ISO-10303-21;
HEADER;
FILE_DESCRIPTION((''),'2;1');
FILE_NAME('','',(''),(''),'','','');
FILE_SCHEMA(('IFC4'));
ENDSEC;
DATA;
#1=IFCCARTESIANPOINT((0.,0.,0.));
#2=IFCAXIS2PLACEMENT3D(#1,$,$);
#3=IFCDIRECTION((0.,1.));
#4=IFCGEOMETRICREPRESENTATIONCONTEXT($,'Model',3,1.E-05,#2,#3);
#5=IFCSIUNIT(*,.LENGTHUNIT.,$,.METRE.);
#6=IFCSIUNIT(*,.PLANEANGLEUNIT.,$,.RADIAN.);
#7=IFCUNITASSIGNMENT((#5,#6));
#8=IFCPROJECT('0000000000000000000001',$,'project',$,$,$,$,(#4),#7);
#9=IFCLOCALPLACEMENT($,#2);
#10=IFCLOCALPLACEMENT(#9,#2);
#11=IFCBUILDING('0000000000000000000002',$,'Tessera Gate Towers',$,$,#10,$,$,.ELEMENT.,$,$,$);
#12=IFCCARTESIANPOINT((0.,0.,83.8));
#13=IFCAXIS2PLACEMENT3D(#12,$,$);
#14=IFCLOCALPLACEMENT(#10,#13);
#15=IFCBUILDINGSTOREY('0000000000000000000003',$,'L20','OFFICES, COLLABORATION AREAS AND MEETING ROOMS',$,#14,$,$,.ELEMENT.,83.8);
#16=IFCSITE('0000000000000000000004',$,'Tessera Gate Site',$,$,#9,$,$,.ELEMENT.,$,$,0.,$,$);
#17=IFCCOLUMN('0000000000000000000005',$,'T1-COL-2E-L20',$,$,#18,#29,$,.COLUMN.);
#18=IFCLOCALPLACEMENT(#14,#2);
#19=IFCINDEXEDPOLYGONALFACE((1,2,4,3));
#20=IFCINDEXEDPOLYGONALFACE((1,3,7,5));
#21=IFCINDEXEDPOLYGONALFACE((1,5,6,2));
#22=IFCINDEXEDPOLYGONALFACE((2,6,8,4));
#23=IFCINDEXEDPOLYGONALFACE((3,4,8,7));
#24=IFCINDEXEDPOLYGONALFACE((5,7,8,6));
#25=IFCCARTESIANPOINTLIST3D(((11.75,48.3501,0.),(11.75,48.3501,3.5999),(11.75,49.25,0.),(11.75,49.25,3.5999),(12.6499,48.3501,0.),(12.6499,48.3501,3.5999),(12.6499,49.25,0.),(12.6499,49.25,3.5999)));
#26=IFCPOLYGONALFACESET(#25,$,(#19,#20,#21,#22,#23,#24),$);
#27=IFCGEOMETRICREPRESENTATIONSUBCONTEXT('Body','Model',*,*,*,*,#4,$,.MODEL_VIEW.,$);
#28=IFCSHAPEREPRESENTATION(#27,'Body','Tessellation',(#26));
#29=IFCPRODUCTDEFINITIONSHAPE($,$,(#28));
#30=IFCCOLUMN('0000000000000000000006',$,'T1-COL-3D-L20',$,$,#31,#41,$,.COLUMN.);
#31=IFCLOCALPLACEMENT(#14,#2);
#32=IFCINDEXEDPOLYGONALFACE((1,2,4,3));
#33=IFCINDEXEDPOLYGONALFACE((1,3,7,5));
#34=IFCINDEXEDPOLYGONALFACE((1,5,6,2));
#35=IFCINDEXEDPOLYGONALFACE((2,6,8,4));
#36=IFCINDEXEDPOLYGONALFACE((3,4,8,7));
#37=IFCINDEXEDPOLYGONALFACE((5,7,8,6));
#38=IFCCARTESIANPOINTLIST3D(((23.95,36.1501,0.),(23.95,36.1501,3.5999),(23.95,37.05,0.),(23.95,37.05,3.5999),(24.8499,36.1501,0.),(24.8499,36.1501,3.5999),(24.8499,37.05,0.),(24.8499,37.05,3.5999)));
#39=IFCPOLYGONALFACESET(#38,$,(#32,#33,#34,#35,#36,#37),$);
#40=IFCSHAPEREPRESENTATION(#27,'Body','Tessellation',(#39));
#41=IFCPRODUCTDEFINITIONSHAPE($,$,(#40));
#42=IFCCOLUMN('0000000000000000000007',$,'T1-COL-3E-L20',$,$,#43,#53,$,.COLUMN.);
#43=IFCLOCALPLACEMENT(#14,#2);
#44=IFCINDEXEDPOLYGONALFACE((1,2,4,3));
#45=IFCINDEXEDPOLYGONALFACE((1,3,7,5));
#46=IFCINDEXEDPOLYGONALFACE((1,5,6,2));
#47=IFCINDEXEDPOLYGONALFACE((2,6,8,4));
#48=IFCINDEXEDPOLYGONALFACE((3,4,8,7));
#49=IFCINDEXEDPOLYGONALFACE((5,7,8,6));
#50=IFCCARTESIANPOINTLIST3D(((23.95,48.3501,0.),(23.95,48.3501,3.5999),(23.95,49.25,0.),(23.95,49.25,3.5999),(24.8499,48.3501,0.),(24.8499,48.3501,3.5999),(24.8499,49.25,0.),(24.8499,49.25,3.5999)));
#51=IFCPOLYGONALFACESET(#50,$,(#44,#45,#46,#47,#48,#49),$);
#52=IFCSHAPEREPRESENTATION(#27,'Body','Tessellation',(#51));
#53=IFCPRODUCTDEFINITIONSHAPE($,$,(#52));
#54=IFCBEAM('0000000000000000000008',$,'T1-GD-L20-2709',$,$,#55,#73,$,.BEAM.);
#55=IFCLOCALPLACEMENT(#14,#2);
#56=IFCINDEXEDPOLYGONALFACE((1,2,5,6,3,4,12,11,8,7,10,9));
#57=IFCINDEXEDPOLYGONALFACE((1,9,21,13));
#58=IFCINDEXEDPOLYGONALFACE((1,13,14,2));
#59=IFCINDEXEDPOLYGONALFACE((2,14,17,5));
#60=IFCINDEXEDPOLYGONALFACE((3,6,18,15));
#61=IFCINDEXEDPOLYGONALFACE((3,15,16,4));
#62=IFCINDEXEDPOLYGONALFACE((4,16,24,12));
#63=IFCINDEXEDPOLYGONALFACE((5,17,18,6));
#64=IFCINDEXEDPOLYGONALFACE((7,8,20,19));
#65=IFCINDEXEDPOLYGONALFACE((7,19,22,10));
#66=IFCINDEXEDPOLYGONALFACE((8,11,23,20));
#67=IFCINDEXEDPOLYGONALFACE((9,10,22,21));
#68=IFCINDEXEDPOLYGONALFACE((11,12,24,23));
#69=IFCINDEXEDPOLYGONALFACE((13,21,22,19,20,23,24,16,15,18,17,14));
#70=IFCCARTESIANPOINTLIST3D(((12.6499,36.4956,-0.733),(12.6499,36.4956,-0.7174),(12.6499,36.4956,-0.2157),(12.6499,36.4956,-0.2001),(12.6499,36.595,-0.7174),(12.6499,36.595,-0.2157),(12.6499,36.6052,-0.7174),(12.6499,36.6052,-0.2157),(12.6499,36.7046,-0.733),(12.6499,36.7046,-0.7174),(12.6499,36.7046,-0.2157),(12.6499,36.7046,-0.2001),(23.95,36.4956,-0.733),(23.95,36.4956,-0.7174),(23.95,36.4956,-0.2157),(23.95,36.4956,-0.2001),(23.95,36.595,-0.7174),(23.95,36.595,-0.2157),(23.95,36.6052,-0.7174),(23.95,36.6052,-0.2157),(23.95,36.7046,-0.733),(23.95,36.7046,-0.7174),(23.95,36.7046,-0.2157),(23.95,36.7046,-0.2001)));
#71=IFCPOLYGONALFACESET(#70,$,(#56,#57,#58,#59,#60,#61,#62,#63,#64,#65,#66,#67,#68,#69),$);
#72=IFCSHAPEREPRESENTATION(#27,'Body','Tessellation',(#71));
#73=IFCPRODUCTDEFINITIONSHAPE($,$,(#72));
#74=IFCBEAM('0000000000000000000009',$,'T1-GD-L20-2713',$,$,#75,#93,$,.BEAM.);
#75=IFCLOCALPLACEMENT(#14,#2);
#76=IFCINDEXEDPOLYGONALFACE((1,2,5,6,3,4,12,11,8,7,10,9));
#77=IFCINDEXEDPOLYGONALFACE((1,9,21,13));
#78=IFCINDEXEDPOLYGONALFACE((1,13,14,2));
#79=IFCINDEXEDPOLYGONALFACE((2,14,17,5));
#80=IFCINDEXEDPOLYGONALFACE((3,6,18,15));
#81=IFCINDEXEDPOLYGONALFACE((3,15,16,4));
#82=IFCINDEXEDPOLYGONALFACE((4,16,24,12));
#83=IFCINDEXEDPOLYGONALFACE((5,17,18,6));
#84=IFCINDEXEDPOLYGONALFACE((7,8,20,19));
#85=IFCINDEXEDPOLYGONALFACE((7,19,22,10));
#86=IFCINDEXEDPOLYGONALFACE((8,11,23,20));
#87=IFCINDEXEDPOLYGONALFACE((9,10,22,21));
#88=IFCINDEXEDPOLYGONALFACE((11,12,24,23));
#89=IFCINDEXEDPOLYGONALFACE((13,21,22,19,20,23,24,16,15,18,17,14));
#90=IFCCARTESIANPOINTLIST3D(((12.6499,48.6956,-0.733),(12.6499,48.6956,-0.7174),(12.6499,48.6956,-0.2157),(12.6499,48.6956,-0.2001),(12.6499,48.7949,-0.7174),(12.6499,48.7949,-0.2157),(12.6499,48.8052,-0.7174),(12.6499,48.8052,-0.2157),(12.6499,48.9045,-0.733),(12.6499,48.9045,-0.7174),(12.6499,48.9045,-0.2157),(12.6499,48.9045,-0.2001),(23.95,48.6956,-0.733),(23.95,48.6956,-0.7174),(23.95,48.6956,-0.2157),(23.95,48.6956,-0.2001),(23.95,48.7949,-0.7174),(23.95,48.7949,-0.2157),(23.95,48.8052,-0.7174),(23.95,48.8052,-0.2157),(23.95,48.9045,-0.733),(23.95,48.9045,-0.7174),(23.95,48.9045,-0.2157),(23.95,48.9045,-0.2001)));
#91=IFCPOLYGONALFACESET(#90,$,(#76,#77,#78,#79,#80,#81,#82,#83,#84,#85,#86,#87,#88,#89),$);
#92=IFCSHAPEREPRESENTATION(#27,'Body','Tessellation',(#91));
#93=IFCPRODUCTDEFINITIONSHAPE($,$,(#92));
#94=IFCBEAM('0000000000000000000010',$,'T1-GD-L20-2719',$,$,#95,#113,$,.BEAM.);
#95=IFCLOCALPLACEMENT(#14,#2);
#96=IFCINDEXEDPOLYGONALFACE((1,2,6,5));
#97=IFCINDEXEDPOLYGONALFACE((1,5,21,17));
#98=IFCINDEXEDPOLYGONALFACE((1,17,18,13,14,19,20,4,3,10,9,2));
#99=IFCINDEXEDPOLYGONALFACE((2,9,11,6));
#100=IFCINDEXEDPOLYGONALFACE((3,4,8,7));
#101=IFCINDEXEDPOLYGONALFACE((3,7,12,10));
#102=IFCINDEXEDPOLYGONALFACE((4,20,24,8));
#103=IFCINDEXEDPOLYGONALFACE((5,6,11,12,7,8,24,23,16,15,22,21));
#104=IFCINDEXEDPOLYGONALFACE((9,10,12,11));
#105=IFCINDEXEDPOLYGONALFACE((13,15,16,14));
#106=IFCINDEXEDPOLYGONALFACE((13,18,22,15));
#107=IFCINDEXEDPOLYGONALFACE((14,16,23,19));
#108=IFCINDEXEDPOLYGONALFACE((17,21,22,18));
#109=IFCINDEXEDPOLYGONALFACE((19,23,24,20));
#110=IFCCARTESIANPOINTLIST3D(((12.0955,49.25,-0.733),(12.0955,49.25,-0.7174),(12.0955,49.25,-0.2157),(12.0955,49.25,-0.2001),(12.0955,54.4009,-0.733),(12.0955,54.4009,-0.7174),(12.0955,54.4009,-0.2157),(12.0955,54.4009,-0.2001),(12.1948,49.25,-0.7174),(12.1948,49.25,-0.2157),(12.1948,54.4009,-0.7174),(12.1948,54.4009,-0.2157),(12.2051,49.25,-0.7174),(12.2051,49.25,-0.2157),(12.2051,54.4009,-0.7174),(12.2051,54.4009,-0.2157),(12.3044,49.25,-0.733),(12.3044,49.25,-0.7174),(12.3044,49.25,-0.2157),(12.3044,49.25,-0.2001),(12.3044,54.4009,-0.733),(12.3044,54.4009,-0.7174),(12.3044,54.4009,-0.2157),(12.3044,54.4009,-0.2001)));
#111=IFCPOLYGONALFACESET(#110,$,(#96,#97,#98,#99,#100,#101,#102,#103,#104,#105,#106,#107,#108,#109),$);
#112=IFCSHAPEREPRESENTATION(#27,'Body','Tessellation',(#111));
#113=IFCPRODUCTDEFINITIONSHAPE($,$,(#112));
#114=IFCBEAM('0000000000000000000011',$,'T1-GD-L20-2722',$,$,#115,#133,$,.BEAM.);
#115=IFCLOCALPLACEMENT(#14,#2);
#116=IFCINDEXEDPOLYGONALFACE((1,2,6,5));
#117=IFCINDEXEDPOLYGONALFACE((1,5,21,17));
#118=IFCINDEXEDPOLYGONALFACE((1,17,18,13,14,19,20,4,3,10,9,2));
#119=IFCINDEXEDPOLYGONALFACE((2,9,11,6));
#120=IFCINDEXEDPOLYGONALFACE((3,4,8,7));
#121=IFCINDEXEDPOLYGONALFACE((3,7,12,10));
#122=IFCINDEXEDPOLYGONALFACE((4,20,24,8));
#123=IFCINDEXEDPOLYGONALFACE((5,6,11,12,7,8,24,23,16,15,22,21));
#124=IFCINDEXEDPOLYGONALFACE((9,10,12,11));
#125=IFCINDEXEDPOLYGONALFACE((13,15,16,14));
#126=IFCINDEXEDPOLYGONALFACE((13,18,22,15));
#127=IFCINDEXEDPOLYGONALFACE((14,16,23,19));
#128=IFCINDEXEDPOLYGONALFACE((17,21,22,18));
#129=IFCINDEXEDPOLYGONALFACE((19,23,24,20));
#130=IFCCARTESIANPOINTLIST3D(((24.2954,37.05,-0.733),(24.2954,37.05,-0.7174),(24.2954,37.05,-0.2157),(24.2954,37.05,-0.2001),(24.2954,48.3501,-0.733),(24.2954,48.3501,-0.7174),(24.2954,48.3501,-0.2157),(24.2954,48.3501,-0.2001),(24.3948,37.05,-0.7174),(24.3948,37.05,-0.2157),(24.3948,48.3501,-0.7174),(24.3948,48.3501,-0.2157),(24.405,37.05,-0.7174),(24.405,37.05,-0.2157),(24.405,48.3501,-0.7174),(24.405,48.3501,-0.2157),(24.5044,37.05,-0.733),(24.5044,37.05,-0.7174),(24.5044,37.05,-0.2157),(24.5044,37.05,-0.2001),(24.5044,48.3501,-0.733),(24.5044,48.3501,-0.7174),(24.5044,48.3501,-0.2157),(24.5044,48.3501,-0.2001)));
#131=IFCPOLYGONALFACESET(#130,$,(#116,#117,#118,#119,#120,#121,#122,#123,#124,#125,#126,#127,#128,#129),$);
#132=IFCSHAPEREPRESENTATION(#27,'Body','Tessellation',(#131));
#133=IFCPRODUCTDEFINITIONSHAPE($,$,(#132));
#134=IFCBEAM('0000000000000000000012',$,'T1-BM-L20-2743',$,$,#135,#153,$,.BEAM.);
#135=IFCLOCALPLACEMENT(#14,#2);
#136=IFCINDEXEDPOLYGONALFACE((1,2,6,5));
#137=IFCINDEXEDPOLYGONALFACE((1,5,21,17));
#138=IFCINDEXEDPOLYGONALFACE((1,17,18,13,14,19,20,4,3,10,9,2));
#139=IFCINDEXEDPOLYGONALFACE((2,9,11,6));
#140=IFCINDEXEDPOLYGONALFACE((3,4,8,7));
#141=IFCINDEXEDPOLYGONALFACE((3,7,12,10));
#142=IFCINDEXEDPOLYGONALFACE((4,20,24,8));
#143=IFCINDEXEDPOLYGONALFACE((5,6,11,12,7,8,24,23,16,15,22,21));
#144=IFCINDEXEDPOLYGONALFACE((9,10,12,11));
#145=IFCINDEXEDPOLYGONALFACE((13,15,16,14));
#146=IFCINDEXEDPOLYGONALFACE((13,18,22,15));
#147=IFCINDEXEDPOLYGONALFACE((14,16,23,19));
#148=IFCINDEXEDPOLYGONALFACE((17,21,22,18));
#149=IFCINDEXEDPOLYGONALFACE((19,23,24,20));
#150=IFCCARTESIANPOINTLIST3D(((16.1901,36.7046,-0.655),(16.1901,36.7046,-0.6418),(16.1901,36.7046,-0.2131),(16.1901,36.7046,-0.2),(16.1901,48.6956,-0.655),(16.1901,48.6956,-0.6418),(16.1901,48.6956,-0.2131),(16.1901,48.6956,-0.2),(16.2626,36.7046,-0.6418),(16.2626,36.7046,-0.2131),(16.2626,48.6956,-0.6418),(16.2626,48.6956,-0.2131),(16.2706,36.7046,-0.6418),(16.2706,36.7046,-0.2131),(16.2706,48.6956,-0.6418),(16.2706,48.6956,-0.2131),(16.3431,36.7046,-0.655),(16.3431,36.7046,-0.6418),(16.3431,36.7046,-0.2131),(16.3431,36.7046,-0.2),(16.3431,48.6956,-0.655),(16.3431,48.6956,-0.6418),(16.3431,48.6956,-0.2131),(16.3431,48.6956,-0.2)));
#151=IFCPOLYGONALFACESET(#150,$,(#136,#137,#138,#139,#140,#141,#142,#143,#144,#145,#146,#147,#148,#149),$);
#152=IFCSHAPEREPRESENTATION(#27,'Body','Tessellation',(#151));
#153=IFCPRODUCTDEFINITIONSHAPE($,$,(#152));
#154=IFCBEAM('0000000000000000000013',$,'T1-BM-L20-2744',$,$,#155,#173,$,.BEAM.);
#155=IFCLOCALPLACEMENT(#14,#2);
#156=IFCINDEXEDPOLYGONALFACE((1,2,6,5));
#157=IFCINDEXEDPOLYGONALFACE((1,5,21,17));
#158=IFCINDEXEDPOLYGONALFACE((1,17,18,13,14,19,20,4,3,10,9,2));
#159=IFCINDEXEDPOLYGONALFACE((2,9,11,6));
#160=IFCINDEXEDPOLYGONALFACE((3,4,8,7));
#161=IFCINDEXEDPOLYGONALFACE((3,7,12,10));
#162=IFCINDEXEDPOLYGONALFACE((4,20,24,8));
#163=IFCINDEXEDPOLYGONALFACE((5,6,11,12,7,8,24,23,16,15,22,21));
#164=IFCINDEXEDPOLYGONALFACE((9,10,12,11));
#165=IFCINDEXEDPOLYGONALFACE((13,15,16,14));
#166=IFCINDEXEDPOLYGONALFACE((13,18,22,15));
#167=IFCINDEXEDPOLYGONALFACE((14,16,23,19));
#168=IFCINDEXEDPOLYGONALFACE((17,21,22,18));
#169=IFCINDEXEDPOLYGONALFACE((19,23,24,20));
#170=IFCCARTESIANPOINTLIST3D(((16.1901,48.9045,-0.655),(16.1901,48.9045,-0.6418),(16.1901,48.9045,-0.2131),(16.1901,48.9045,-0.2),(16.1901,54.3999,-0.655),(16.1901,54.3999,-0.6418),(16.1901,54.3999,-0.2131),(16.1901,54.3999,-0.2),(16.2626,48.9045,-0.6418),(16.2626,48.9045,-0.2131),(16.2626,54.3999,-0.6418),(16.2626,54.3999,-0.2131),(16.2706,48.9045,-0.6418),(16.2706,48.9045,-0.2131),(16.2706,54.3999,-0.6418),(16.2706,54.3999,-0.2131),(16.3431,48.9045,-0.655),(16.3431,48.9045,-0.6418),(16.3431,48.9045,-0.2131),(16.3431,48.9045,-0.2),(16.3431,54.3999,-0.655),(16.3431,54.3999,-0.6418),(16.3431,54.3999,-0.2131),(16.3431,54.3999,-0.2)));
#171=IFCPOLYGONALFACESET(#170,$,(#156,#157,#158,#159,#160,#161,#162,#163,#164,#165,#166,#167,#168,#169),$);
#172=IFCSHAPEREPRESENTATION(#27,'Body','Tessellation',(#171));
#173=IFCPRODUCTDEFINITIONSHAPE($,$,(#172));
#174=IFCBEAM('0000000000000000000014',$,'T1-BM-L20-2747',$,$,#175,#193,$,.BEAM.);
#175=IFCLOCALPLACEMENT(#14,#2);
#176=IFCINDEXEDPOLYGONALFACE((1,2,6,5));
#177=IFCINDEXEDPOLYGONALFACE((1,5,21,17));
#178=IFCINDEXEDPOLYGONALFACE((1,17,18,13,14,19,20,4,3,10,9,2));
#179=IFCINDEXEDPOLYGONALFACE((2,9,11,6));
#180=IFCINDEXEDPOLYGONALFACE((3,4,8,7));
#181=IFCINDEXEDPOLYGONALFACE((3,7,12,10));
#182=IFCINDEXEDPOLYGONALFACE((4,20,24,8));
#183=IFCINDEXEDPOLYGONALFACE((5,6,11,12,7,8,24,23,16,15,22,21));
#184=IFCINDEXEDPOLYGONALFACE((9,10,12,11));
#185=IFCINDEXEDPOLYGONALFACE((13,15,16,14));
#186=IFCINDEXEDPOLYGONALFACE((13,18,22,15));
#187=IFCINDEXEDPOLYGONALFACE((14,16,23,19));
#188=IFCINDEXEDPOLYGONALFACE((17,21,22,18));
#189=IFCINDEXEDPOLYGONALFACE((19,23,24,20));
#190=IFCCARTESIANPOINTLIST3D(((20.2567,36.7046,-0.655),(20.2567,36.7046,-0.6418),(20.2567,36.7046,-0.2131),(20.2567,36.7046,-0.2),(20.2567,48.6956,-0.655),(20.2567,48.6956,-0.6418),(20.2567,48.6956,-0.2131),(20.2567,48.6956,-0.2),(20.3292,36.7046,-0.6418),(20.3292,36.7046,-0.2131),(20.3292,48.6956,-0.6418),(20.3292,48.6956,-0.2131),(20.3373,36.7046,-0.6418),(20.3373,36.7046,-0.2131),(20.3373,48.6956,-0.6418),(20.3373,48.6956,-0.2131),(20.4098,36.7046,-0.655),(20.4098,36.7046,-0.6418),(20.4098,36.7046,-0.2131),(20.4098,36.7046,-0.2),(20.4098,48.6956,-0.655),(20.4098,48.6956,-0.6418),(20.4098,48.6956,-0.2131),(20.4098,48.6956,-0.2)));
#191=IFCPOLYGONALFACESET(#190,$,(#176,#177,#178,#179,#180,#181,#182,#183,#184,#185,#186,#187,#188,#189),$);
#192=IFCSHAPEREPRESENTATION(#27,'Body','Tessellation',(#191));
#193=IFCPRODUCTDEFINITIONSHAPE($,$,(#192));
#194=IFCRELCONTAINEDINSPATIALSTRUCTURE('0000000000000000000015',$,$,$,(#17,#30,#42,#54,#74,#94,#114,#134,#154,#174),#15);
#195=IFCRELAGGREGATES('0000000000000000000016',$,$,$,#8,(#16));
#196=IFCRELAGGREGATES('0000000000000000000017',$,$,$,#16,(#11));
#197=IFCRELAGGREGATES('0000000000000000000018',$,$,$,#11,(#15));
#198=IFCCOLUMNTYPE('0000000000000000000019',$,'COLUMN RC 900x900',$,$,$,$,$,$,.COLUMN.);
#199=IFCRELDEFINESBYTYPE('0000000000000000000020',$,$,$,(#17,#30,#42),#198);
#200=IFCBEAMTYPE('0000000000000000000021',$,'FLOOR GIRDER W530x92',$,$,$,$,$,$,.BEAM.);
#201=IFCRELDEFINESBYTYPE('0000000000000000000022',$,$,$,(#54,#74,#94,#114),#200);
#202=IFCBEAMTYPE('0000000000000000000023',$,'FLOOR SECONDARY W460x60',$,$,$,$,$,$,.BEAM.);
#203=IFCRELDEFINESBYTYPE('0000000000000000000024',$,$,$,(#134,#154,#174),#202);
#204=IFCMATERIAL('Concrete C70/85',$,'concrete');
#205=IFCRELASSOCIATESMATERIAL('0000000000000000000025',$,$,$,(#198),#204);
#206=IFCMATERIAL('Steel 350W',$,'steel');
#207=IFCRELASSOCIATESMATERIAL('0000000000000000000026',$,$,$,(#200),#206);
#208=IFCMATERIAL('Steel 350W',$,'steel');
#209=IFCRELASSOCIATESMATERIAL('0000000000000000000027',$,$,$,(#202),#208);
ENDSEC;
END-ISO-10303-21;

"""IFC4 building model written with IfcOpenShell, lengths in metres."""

from ifc_helpers import new_model, si_unit, direction, frame, origin, origin_2d, place, context, subcontext, project, spatial, rectangle, i_section, extrude, material, material_profile, profile_set, type_object, element, save


model = new_model("IFC4")

# Units and contexts
model_context = context("Model", 3, precision=1e-05, world=origin(), true_north=direction((0.0, 1.0)))
body_context = subcontext(model_context, "Body", "Model", "MODEL_VIEW")
ifc_project = project(units=[si_unit("LENGTHUNIT", "METRE"), si_unit("PLANEANGLEUNIT", "RADIAN")], contexts=[model_context])

# Site, building, storey
site_placement = place(None, origin())
site = spatial("IfcSite", under=ifc_project, at=site_placement, Name="Tessera Gate Site", CompositionType="ELEMENT", RefElevation=0.0)
building_placement = place(site_placement, origin())
building = spatial("IfcBuilding", under=site, at=building_placement, Name="Tessera Gate Towers", CompositionType="ELEMENT")
storey_placement = place(building_placement, frame((0.0, 0.0, 83.8)))
storey = spatial("IfcBuildingStorey", under=building, at=storey_placement, Name="L20", Description="OFFICES, COLLABORATION AREAS AND MEETING ROOMS", CompositionType="ELEMENT", Elevation=83.8)

# Columns
ifc_material_1 = material(Name="Concrete C70/85", Category="concrete")
ifc_material_profile_1 = material_profile(ifc_material_1, rectangle(XDim=0.8999, YDim=0.8999, at=origin_2d()), Name="RC 900x900")
ifc_profile_set_1 = profile_set([ifc_material_profile_1], Name="Concrete C70/85")
column_type = type_object("IfcColumnType", Name="COLUMN RC 900x900", PredefinedType="COLUMN", material=ifc_profile_set_1)
for number, where, z_axis, x_axis, name in (
    (1, (12.2, 48.8, 0.0), (0.0, 0.0, 1.0), (1.0, 0.0, 0.0), "T1-COL-2E-L20"),
    (2, (24.3999, 36.6001, 0.0), (0.0, 0.0, 1.0), (1.0, 0.0, 0.0), "T1-COL-3D-L20"),
    (3, (24.3999, 48.8, 0.0), (0.0, 0.0, 1.0), (1.0, 0.0, 0.0), "T1-COL-3E-L20"),
):
    element("IfcColumn", number, at=place(storey_placement, frame(where, z_axis=z_axis, x_axis=x_axis)), inside=storey, type_object=column_type, Name=name, PredefinedType="COLUMN", context=body_context, shape_type="SweptSolid", body=[
        extrude(rectangle(XDim=0.8999, YDim=0.8999, at=origin_2d()), origin(), (0.0, 0.0, 1.0), 3.5999),
    ])

# Beams
ifc_material_2 = material(Name="Steel 350W", Category="steel")
ifc_material_profile_2 = material_profile(ifc_material_2, i_section(OverallWidth=0.209, OverallDepth=0.533, WebThickness=0.0103, FlangeThickness=0.0156, at=origin_2d()), Name="W530x92")
ifc_profile_set_2 = profile_set([ifc_material_profile_2], Name="Steel 350W")
beam_type_1 = type_object("IfcBeamType", Name="FLOOR GIRDER W530x92", PredefinedType="BEAM", material=ifc_profile_set_2)
for number, where, z_axis, x_axis, name in (
    (4, (12.6499, 36.6001, -0.4666), (1.0, 0.0, 0.0), (0.0, 1.0, 0.0), "T1-GD-L20-2709"),
    (5, (12.6499, 48.8, -0.4666), (1.0, 0.0, 0.0), (0.0, 1.0, 0.0), "T1-GD-L20-2713"),
):
    element("IfcBeam", number, at=place(storey_placement, frame(where, z_axis=z_axis, x_axis=x_axis)), inside=storey, type_object=beam_type_1, Name=name, PredefinedType="BEAM", context=body_context, shape_type="SweptSolid", body=[
        extrude(i_section(OverallWidth=0.209, OverallDepth=0.533, WebThickness=0.0103, FlangeThickness=0.0156, at=origin_2d()), origin(), (0.0, 0.0, 1.0), 11.3),
    ])
beam_1_placement = place(storey_placement, frame((12.2, 49.25, -0.4666), z_axis=(0.0, 1.0, 0.0), x_axis=(-1.0, 0.0, 0.0)))
element("IfcBeam", 6, at=beam_1_placement, inside=storey, type_object=beam_type_1, Name="T1-GD-L20-2719", PredefinedType="BEAM", context=body_context, shape_type="SweptSolid", body=[
    extrude(i_section(OverallWidth=0.209, OverallDepth=0.533, WebThickness=0.0103, FlangeThickness=0.0156, at=origin_2d()), origin(), (0.0, 0.0, 1.0), 5.1509),
])
beam_2_placement = place(storey_placement, frame((24.3999, 37.05, -0.4666), z_axis=(0.0, 1.0, 0.0), x_axis=(-1.0, 0.0, 0.0)))
element("IfcBeam", 7, at=beam_2_placement, inside=storey, type_object=beam_type_1, Name="T1-GD-L20-2722", PredefinedType="BEAM", context=body_context, shape_type="SweptSolid", body=[
    extrude(i_section(OverallWidth=0.209, OverallDepth=0.533, WebThickness=0.0103, FlangeThickness=0.0156, at=origin_2d()), origin(), (0.0, 0.0, 1.0), 11.3),
])
ifc_material_3 = material(Name="Steel 350W", Category="steel")
ifc_material_profile_3 = material_profile(ifc_material_3, i_section(OverallWidth=0.1531, OverallDepth=0.4551, WebThickness=0.0081, FlangeThickness=0.0132, at=origin_2d()), Name="W460x60")
ifc_profile_set_3 = profile_set([ifc_material_profile_3], Name="Steel 350W")
beam_type_2 = type_object("IfcBeamType", Name="FLOOR SECONDARY W460x60", PredefinedType="BEAM", material=ifc_profile_set_3)
beam_3_placement = place(storey_placement, frame((16.2666, 36.7046, -0.4275), z_axis=(0.0, 1.0, 0.0), x_axis=(-1.0, 0.0, 0.0)))
element("IfcBeam", 8, at=beam_3_placement, inside=storey, type_object=beam_type_2, Name="T1-BM-L20-2743", PredefinedType="BEAM", context=body_context, shape_type="SweptSolid", body=[
    extrude(i_section(OverallWidth=0.1531, OverallDepth=0.4551, WebThickness=0.0081, FlangeThickness=0.0132, at=origin_2d()), origin(), (0.0, 0.0, 1.0), 11.991),
])
beam_4_placement = place(storey_placement, frame((16.2666, 48.9045, -0.4275), z_axis=(0.0, 1.0, 0.0), x_axis=(-1.0, 0.0, 0.0)))
element("IfcBeam", 9, at=beam_4_placement, inside=storey, type_object=beam_type_2, Name="T1-BM-L20-2744", PredefinedType="BEAM", context=body_context, shape_type="SweptSolid", body=[
    extrude(i_section(OverallWidth=0.1531, OverallDepth=0.4551, WebThickness=0.0081, FlangeThickness=0.0132, at=origin_2d()), origin(), (0.0, 0.0, 1.0), 5.4954),
])
beam_5_placement = place(storey_placement, frame((20.3333, 36.7046, -0.4275), z_axis=(0.0, 1.0, 0.0), x_axis=(-1.0, 0.0, 0.0)))
element("IfcBeam", 10, at=beam_5_placement, inside=storey, type_object=beam_type_2, Name="T1-BM-L20-2747", PredefinedType="BEAM", context=body_context, shape_type="SweptSolid", body=[
    extrude(i_section(OverallWidth=0.1531, OverallDepth=0.4551, WebThickness=0.0081, FlangeThickness=0.0132, at=origin_2d()), origin(), (0.0, 0.0, 1.0), 11.991),
])

save(model, "model.ifc")
